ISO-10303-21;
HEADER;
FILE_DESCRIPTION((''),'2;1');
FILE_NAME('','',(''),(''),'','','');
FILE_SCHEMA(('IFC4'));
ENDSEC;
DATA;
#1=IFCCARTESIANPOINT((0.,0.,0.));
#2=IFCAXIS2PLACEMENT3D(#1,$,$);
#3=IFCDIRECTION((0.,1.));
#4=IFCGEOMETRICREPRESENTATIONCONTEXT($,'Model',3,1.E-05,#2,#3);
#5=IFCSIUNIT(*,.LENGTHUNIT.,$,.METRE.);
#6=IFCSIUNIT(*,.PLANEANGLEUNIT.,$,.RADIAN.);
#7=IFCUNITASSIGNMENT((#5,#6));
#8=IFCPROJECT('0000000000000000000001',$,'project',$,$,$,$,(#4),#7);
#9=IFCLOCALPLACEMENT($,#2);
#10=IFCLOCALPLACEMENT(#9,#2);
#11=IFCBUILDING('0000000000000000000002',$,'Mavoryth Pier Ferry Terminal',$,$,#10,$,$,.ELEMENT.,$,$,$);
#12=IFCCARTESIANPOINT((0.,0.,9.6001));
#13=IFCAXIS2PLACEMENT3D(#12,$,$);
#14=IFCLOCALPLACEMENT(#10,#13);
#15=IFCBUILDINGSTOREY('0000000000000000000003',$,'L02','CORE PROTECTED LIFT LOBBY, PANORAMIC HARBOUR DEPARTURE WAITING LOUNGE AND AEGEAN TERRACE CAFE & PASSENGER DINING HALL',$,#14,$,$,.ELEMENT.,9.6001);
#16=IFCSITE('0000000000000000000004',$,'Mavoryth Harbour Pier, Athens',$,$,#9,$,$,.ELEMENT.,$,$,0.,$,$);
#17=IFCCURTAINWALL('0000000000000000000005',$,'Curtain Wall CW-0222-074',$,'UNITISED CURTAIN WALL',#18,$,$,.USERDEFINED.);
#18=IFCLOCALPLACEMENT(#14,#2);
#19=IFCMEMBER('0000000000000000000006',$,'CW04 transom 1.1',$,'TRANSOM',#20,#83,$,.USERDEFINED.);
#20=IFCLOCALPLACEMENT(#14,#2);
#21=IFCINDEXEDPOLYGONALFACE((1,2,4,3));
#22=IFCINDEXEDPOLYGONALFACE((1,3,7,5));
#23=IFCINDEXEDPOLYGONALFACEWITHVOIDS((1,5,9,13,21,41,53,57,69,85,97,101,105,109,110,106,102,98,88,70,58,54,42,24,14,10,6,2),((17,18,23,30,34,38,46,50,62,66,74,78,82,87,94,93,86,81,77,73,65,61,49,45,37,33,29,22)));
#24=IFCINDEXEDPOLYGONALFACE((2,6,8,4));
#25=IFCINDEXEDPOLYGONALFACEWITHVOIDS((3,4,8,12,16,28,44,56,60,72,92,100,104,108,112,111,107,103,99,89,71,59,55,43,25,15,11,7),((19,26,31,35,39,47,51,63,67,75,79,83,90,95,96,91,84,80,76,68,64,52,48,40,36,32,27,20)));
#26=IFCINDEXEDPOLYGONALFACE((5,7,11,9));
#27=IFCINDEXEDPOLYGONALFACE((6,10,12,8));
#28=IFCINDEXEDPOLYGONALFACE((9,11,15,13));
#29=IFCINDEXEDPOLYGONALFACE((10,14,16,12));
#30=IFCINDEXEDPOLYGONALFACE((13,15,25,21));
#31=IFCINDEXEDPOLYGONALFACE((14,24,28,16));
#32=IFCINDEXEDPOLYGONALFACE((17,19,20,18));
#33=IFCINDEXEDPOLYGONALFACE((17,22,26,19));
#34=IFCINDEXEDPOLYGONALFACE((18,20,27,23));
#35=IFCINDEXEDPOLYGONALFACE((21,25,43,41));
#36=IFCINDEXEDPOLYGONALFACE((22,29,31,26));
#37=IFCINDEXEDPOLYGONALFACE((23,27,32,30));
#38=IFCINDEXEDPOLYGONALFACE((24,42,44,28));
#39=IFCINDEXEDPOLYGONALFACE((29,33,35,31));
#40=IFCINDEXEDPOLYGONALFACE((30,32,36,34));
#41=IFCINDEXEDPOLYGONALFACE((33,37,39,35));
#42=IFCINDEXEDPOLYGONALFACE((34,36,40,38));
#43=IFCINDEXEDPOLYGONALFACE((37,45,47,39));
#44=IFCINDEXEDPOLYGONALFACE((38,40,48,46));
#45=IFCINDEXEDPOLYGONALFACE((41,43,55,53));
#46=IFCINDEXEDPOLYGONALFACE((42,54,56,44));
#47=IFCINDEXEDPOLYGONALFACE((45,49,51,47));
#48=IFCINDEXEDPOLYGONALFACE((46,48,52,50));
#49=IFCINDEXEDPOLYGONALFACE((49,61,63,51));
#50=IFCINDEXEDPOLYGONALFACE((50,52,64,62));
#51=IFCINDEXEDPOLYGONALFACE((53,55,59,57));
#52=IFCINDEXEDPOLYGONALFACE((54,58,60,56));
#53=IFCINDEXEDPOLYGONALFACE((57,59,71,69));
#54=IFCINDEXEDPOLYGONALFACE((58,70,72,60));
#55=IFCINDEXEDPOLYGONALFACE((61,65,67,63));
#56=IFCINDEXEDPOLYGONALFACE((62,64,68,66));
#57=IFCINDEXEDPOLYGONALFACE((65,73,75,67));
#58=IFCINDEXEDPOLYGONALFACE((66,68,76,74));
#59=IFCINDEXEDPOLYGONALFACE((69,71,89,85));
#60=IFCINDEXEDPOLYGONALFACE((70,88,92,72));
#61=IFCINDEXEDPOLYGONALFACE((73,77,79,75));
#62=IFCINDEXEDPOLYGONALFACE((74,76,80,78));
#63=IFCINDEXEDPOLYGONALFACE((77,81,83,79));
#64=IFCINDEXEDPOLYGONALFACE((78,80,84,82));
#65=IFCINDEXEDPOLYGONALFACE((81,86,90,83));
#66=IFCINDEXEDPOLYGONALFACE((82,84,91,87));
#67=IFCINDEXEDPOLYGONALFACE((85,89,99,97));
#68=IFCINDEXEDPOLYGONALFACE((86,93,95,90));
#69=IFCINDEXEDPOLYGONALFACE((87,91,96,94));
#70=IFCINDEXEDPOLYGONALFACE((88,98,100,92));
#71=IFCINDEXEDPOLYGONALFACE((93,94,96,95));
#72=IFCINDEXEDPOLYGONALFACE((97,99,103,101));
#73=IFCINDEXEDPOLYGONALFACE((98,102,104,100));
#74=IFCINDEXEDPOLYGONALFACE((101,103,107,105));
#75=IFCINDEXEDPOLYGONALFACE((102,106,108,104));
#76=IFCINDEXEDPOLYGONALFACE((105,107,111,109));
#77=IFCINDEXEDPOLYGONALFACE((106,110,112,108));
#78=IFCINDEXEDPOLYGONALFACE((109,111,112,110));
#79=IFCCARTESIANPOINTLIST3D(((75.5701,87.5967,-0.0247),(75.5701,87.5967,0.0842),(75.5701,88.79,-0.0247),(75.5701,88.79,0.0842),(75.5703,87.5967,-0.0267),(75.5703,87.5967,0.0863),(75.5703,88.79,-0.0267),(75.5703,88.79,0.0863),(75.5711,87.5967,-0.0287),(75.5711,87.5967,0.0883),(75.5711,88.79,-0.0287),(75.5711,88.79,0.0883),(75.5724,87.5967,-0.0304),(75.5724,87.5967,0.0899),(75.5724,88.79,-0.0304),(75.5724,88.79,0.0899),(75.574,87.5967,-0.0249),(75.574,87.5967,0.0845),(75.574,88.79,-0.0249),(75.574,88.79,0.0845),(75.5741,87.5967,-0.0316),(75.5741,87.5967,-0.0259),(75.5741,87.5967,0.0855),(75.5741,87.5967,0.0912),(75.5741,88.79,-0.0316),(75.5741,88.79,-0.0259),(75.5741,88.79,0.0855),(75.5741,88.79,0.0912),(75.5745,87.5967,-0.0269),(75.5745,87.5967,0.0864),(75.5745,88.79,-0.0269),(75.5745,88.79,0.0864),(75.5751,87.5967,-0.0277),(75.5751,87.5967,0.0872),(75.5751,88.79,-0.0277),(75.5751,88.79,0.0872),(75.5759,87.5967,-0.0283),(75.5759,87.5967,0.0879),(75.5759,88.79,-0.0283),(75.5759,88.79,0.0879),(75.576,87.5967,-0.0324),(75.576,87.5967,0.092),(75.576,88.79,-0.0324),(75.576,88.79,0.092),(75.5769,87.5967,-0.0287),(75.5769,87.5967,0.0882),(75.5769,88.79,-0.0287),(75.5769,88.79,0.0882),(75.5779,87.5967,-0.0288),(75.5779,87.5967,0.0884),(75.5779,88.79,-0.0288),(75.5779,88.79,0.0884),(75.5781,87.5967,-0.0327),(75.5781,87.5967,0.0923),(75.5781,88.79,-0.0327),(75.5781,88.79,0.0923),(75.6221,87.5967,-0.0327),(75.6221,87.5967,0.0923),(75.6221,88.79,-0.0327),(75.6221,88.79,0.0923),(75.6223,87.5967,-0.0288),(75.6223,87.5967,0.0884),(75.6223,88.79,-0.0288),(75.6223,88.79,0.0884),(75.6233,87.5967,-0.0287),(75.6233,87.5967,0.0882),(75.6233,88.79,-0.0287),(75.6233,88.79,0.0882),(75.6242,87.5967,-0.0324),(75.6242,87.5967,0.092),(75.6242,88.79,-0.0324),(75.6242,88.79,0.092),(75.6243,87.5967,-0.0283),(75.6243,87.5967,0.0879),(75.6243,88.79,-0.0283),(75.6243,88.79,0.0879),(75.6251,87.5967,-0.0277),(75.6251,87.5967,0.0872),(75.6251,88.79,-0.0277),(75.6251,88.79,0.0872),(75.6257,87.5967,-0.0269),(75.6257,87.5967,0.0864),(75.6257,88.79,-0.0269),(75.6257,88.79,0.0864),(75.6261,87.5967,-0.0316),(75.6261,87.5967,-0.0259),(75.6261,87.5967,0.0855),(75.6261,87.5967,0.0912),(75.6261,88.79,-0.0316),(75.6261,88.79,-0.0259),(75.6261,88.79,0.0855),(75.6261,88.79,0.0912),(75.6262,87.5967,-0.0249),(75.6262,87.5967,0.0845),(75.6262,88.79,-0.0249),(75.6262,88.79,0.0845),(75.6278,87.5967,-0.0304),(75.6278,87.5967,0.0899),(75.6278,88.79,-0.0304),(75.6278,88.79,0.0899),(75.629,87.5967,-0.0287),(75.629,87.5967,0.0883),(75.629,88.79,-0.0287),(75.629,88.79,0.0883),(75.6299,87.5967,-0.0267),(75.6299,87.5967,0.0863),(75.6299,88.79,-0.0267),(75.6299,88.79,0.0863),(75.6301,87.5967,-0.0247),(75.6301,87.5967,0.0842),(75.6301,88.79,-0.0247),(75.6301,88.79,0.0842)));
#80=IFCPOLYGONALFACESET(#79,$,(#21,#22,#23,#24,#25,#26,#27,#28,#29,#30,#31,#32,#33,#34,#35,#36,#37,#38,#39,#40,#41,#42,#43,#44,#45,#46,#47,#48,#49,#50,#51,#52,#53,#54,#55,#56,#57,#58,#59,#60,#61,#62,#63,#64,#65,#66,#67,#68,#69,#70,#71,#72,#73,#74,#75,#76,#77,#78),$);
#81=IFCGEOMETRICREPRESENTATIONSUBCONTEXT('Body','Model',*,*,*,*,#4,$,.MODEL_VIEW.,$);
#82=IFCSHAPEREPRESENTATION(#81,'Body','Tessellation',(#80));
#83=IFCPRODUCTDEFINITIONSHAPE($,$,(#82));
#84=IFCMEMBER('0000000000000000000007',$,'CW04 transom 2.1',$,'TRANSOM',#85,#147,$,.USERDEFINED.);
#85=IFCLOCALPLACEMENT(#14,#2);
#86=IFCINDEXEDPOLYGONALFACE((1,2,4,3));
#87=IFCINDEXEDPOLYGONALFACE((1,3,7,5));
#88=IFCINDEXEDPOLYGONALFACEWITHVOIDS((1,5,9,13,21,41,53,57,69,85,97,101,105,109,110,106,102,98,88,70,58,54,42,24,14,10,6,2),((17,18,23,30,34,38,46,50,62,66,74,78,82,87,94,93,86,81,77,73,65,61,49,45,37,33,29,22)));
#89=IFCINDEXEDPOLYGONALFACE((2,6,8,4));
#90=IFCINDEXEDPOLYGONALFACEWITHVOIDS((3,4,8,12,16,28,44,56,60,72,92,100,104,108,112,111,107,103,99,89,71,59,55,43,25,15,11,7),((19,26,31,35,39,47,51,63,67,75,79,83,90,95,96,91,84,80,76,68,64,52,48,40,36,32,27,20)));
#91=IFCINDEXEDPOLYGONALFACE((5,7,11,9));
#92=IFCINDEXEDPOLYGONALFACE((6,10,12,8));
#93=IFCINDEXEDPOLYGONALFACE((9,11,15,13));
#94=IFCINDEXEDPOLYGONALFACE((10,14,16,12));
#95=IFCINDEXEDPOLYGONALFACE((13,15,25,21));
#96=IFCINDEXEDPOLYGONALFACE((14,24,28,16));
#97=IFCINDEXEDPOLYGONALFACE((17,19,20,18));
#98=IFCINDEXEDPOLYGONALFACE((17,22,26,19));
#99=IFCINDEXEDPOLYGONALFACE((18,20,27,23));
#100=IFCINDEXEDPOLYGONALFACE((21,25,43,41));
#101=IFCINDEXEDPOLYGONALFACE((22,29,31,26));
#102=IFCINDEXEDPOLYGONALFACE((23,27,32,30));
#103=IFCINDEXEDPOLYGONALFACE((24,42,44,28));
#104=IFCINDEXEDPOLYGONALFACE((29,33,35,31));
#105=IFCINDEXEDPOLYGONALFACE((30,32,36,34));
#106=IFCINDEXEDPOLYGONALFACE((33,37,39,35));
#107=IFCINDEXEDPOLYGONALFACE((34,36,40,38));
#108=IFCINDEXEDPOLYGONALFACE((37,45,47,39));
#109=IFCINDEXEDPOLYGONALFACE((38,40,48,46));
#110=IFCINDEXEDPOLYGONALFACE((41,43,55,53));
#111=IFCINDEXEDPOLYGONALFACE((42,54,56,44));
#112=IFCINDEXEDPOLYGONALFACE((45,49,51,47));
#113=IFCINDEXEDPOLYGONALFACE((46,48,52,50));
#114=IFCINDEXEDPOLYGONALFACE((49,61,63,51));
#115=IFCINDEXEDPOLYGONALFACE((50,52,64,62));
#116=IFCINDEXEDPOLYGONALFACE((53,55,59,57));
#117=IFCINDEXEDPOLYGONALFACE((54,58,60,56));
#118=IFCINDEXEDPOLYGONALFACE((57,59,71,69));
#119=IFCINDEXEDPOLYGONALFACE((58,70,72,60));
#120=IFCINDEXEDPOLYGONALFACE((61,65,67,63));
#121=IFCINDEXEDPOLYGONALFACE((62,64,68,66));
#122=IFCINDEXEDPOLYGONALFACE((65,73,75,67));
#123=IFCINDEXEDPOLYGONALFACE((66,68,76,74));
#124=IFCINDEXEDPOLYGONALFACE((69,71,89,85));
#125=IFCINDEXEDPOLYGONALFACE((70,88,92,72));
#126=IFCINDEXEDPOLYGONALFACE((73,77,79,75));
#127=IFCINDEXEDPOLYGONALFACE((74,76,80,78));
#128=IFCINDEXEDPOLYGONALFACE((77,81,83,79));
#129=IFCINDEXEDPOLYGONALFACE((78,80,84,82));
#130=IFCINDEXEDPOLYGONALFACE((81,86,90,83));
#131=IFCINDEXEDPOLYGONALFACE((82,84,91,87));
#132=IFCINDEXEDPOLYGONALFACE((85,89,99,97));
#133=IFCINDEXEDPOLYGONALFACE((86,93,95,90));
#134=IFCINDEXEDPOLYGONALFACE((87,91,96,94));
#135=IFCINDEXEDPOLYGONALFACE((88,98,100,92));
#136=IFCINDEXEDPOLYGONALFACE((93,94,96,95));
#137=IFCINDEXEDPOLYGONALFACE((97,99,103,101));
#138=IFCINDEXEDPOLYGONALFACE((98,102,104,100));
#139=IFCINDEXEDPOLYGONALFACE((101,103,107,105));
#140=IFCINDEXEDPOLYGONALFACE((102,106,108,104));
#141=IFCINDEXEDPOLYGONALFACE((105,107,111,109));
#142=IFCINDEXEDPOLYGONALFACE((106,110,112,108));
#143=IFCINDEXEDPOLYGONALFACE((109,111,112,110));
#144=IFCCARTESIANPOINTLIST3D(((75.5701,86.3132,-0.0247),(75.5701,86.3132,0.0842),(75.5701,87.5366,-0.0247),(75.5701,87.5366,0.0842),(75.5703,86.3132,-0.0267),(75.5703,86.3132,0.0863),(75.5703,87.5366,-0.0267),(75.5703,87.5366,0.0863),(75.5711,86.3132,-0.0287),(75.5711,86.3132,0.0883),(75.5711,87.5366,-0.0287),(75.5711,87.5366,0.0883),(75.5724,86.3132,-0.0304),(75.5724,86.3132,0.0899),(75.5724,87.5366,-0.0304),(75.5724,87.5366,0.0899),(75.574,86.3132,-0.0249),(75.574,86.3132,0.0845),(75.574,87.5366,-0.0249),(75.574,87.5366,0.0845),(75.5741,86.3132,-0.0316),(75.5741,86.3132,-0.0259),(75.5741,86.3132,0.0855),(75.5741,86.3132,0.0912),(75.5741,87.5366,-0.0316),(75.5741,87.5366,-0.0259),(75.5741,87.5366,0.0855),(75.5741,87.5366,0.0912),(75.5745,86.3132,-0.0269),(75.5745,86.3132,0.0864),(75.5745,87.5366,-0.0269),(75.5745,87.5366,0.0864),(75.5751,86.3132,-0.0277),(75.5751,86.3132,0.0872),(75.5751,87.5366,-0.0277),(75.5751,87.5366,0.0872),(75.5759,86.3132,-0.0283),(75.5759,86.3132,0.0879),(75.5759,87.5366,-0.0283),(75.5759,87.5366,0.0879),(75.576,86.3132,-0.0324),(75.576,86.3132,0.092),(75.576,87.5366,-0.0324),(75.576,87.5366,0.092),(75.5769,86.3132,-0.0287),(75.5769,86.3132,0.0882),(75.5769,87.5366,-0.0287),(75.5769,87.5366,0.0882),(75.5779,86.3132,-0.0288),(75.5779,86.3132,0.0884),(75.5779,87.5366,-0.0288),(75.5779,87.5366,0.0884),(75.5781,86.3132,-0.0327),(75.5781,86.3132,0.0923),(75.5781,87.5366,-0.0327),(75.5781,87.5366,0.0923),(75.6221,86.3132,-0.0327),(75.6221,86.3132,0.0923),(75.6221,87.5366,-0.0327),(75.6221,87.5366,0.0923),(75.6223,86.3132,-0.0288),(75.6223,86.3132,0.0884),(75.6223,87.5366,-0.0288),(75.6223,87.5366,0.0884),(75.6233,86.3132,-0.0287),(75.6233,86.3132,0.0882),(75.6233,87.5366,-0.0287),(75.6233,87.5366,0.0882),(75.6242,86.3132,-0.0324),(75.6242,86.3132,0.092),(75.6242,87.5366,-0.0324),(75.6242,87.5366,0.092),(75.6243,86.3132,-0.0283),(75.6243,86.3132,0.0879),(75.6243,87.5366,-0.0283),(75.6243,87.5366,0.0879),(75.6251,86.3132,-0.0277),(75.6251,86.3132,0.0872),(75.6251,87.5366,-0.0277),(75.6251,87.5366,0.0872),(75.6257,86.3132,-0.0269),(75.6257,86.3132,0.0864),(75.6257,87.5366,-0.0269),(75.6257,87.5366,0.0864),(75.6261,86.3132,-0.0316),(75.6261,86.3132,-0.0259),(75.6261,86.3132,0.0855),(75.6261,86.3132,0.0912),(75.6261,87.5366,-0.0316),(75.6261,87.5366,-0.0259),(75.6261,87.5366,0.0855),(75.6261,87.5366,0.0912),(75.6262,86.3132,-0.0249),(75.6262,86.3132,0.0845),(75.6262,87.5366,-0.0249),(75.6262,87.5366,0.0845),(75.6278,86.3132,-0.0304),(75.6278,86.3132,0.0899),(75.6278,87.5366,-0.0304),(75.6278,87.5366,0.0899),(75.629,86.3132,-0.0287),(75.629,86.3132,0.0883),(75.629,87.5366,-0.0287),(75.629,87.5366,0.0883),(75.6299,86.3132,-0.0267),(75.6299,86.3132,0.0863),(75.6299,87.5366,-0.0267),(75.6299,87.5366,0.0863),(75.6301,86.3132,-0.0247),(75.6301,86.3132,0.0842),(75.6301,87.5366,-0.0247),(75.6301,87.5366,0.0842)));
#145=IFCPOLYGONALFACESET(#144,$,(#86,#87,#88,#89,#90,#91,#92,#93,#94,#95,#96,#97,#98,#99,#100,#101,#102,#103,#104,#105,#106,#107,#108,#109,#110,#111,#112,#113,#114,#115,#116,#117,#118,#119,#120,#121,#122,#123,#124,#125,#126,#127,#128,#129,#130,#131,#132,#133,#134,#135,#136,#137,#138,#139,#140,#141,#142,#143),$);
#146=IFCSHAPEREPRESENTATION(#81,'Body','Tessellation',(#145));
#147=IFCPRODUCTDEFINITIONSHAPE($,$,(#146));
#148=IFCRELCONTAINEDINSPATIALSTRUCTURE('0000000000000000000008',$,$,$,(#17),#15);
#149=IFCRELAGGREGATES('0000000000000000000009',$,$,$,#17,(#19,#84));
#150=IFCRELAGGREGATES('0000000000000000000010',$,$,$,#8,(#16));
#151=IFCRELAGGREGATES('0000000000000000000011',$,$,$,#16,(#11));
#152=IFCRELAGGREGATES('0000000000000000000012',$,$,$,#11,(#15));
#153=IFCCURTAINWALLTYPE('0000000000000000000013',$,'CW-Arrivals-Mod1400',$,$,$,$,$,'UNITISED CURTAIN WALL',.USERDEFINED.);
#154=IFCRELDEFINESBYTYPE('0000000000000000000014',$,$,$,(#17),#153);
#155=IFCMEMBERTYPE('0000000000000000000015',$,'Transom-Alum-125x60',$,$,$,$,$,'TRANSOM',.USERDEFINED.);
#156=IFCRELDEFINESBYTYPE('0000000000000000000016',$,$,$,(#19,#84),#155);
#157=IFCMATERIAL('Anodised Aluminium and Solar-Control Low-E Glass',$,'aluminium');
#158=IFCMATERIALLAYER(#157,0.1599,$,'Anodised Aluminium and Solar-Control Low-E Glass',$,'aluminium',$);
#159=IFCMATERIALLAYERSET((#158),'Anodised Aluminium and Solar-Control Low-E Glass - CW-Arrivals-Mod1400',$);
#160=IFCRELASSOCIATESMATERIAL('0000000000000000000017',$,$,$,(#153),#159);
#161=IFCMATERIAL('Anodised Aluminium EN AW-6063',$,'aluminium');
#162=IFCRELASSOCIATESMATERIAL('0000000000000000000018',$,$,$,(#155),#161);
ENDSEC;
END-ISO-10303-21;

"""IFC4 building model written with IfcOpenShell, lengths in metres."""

from ifc_helpers import new_model, si_unit, direction, frame, origin, origin_2d, place, context, subcontext, project, spatial, hollow_rectangle, extrude, material, layer, layer_set, material_profile, profile_set, type_object, element, aggregate, save


model = new_model("IFC4")

# Units and contexts
model_context = context("Model", 3, precision=1e-05, world=origin(), true_north=direction((0.0, 1.0)))
body_context = subcontext(model_context, "Body", "Model", "MODEL_VIEW")
ifc_project = project(units=[si_unit("LENGTHUNIT", "METRE"), si_unit("PLANEANGLEUNIT", "RADIAN")], contexts=[model_context])

# Site, building, storey
site_placement = place(None, origin())
site = spatial("IfcSite", under=ifc_project, at=site_placement, Name="Mavoryth Harbour Pier, Athens", CompositionType="ELEMENT", RefElevation=0.0)
building_placement = place(site_placement, origin())
building = spatial("IfcBuilding", under=site, at=building_placement, Name="Mavoryth Pier Ferry Terminal", CompositionType="ELEMENT")
storey_placement = place(building_placement, frame((0.0, 0.0, 9.6001)))
storey = spatial("IfcBuildingStorey", under=building, at=storey_placement, Name="L02", Description="CORE PROTECTED LIFT LOBBY, PANORAMIC HARBOUR DEPARTURE WAITING LOUNGE AND AEGEAN TERRACE CAFE & PASSENGER DINING HALL", CompositionType="ELEMENT", Elevation=9.6001)

# Curtain wall, members
ifc_material_1 = material(Name="Anodised Aluminium and Solar-Control Low-E Glass", Category="aluminium")
ifc_layer_1 = layer(ifc_material_1, 0.1599, Name="Anodised Aluminium and Solar-Control Low-E Glass", Category="aluminium")
ifc_layer_set_1 = layer_set([ifc_layer_1], Name="Anodised Aluminium and Solar-Control Low-E Glass - CW-Arrivals-Mod1400")
curtain_wall_type = type_object("IfcCurtainWallType", Name="CW-Arrivals-Mod1400", ElementType="UNITISED CURTAIN WALL", PredefinedType="USERDEFINED", material=ifc_layer_set_1)
curtain_wall_placement = place(storey_placement, origin())
curtain_wall = element("IfcCurtainWall", 1, at=curtain_wall_placement, inside=storey, type_object=curtain_wall_type, Name="Curtain Wall CW-0222-074", ObjectType="UNITISED CURTAIN WALL", PredefinedType="USERDEFINED")
ifc_material_2 = material(Name="Anodised Aluminium EN AW-6063", Category="aluminium")
ifc_material_profile_1 = material_profile(ifc_material_2, hollow_rectangle(XDim=0.0601, YDim=0.125, WallThickness=0.0039, InnerFilletRadius=0.0039, OuterFilletRadius=0.0081, at=origin_2d()), Name="AL-TRAN 125x60x4", Category="aluminium")
ifc_profile_set_1 = profile_set([ifc_material_profile_1], Name="Anodised Aluminium EN AW-6063 - AL-TRAN 125x60x4")
member_type_1 = type_object("IfcMemberType", Name="Transom-Alum-125x60", ElementType="TRANSOM", PredefinedType="USERDEFINED", material=ifc_profile_set_1)
member_1_placement = place(storey_placement, frame((75.6001, 88.79, 0.0298), z_axis=(0.0, -1.0, 0.0), x_axis=(1.0, 0.0, 0.0)))
member_1 = element("IfcMember", 2, at=member_1_placement, type_object=member_type_1, Name="CW04 transom 1.1", ObjectType="TRANSOM", PredefinedType="USERDEFINED", context=body_context, shape_type="SweptSolid", body=[
    extrude(hollow_rectangle(XDim=0.0601, YDim=0.125, WallThickness=0.0039, InnerFilletRadius=0.0039, OuterFilletRadius=0.0081, at=origin_2d()), origin(), (0.0, 0.0, 1.0), 1.1934),
])
member_2_placement = place(storey_placement, frame((75.6001, 87.5366, 0.0298), z_axis=(0.0, -1.0, 0.0), x_axis=(1.0, 0.0, 0.0)))
member_2 = element("IfcMember", 3, at=member_2_placement, type_object=member_type_1, Name="CW04 transom 2.1", ObjectType="TRANSOM", PredefinedType="USERDEFINED", context=body_context, shape_type="SweptSolid", body=[
    extrude(hollow_rectangle(XDim=0.0601, YDim=0.125, WallThickness=0.0039, InnerFilletRadius=0.0039, OuterFilletRadius=0.0081, at=origin_2d()), origin(), (0.0, 0.0, 1.0), 1.2234),
])
aggregate(curtain_wall, [member_1, member_2])

save(model, "model.ifc")
